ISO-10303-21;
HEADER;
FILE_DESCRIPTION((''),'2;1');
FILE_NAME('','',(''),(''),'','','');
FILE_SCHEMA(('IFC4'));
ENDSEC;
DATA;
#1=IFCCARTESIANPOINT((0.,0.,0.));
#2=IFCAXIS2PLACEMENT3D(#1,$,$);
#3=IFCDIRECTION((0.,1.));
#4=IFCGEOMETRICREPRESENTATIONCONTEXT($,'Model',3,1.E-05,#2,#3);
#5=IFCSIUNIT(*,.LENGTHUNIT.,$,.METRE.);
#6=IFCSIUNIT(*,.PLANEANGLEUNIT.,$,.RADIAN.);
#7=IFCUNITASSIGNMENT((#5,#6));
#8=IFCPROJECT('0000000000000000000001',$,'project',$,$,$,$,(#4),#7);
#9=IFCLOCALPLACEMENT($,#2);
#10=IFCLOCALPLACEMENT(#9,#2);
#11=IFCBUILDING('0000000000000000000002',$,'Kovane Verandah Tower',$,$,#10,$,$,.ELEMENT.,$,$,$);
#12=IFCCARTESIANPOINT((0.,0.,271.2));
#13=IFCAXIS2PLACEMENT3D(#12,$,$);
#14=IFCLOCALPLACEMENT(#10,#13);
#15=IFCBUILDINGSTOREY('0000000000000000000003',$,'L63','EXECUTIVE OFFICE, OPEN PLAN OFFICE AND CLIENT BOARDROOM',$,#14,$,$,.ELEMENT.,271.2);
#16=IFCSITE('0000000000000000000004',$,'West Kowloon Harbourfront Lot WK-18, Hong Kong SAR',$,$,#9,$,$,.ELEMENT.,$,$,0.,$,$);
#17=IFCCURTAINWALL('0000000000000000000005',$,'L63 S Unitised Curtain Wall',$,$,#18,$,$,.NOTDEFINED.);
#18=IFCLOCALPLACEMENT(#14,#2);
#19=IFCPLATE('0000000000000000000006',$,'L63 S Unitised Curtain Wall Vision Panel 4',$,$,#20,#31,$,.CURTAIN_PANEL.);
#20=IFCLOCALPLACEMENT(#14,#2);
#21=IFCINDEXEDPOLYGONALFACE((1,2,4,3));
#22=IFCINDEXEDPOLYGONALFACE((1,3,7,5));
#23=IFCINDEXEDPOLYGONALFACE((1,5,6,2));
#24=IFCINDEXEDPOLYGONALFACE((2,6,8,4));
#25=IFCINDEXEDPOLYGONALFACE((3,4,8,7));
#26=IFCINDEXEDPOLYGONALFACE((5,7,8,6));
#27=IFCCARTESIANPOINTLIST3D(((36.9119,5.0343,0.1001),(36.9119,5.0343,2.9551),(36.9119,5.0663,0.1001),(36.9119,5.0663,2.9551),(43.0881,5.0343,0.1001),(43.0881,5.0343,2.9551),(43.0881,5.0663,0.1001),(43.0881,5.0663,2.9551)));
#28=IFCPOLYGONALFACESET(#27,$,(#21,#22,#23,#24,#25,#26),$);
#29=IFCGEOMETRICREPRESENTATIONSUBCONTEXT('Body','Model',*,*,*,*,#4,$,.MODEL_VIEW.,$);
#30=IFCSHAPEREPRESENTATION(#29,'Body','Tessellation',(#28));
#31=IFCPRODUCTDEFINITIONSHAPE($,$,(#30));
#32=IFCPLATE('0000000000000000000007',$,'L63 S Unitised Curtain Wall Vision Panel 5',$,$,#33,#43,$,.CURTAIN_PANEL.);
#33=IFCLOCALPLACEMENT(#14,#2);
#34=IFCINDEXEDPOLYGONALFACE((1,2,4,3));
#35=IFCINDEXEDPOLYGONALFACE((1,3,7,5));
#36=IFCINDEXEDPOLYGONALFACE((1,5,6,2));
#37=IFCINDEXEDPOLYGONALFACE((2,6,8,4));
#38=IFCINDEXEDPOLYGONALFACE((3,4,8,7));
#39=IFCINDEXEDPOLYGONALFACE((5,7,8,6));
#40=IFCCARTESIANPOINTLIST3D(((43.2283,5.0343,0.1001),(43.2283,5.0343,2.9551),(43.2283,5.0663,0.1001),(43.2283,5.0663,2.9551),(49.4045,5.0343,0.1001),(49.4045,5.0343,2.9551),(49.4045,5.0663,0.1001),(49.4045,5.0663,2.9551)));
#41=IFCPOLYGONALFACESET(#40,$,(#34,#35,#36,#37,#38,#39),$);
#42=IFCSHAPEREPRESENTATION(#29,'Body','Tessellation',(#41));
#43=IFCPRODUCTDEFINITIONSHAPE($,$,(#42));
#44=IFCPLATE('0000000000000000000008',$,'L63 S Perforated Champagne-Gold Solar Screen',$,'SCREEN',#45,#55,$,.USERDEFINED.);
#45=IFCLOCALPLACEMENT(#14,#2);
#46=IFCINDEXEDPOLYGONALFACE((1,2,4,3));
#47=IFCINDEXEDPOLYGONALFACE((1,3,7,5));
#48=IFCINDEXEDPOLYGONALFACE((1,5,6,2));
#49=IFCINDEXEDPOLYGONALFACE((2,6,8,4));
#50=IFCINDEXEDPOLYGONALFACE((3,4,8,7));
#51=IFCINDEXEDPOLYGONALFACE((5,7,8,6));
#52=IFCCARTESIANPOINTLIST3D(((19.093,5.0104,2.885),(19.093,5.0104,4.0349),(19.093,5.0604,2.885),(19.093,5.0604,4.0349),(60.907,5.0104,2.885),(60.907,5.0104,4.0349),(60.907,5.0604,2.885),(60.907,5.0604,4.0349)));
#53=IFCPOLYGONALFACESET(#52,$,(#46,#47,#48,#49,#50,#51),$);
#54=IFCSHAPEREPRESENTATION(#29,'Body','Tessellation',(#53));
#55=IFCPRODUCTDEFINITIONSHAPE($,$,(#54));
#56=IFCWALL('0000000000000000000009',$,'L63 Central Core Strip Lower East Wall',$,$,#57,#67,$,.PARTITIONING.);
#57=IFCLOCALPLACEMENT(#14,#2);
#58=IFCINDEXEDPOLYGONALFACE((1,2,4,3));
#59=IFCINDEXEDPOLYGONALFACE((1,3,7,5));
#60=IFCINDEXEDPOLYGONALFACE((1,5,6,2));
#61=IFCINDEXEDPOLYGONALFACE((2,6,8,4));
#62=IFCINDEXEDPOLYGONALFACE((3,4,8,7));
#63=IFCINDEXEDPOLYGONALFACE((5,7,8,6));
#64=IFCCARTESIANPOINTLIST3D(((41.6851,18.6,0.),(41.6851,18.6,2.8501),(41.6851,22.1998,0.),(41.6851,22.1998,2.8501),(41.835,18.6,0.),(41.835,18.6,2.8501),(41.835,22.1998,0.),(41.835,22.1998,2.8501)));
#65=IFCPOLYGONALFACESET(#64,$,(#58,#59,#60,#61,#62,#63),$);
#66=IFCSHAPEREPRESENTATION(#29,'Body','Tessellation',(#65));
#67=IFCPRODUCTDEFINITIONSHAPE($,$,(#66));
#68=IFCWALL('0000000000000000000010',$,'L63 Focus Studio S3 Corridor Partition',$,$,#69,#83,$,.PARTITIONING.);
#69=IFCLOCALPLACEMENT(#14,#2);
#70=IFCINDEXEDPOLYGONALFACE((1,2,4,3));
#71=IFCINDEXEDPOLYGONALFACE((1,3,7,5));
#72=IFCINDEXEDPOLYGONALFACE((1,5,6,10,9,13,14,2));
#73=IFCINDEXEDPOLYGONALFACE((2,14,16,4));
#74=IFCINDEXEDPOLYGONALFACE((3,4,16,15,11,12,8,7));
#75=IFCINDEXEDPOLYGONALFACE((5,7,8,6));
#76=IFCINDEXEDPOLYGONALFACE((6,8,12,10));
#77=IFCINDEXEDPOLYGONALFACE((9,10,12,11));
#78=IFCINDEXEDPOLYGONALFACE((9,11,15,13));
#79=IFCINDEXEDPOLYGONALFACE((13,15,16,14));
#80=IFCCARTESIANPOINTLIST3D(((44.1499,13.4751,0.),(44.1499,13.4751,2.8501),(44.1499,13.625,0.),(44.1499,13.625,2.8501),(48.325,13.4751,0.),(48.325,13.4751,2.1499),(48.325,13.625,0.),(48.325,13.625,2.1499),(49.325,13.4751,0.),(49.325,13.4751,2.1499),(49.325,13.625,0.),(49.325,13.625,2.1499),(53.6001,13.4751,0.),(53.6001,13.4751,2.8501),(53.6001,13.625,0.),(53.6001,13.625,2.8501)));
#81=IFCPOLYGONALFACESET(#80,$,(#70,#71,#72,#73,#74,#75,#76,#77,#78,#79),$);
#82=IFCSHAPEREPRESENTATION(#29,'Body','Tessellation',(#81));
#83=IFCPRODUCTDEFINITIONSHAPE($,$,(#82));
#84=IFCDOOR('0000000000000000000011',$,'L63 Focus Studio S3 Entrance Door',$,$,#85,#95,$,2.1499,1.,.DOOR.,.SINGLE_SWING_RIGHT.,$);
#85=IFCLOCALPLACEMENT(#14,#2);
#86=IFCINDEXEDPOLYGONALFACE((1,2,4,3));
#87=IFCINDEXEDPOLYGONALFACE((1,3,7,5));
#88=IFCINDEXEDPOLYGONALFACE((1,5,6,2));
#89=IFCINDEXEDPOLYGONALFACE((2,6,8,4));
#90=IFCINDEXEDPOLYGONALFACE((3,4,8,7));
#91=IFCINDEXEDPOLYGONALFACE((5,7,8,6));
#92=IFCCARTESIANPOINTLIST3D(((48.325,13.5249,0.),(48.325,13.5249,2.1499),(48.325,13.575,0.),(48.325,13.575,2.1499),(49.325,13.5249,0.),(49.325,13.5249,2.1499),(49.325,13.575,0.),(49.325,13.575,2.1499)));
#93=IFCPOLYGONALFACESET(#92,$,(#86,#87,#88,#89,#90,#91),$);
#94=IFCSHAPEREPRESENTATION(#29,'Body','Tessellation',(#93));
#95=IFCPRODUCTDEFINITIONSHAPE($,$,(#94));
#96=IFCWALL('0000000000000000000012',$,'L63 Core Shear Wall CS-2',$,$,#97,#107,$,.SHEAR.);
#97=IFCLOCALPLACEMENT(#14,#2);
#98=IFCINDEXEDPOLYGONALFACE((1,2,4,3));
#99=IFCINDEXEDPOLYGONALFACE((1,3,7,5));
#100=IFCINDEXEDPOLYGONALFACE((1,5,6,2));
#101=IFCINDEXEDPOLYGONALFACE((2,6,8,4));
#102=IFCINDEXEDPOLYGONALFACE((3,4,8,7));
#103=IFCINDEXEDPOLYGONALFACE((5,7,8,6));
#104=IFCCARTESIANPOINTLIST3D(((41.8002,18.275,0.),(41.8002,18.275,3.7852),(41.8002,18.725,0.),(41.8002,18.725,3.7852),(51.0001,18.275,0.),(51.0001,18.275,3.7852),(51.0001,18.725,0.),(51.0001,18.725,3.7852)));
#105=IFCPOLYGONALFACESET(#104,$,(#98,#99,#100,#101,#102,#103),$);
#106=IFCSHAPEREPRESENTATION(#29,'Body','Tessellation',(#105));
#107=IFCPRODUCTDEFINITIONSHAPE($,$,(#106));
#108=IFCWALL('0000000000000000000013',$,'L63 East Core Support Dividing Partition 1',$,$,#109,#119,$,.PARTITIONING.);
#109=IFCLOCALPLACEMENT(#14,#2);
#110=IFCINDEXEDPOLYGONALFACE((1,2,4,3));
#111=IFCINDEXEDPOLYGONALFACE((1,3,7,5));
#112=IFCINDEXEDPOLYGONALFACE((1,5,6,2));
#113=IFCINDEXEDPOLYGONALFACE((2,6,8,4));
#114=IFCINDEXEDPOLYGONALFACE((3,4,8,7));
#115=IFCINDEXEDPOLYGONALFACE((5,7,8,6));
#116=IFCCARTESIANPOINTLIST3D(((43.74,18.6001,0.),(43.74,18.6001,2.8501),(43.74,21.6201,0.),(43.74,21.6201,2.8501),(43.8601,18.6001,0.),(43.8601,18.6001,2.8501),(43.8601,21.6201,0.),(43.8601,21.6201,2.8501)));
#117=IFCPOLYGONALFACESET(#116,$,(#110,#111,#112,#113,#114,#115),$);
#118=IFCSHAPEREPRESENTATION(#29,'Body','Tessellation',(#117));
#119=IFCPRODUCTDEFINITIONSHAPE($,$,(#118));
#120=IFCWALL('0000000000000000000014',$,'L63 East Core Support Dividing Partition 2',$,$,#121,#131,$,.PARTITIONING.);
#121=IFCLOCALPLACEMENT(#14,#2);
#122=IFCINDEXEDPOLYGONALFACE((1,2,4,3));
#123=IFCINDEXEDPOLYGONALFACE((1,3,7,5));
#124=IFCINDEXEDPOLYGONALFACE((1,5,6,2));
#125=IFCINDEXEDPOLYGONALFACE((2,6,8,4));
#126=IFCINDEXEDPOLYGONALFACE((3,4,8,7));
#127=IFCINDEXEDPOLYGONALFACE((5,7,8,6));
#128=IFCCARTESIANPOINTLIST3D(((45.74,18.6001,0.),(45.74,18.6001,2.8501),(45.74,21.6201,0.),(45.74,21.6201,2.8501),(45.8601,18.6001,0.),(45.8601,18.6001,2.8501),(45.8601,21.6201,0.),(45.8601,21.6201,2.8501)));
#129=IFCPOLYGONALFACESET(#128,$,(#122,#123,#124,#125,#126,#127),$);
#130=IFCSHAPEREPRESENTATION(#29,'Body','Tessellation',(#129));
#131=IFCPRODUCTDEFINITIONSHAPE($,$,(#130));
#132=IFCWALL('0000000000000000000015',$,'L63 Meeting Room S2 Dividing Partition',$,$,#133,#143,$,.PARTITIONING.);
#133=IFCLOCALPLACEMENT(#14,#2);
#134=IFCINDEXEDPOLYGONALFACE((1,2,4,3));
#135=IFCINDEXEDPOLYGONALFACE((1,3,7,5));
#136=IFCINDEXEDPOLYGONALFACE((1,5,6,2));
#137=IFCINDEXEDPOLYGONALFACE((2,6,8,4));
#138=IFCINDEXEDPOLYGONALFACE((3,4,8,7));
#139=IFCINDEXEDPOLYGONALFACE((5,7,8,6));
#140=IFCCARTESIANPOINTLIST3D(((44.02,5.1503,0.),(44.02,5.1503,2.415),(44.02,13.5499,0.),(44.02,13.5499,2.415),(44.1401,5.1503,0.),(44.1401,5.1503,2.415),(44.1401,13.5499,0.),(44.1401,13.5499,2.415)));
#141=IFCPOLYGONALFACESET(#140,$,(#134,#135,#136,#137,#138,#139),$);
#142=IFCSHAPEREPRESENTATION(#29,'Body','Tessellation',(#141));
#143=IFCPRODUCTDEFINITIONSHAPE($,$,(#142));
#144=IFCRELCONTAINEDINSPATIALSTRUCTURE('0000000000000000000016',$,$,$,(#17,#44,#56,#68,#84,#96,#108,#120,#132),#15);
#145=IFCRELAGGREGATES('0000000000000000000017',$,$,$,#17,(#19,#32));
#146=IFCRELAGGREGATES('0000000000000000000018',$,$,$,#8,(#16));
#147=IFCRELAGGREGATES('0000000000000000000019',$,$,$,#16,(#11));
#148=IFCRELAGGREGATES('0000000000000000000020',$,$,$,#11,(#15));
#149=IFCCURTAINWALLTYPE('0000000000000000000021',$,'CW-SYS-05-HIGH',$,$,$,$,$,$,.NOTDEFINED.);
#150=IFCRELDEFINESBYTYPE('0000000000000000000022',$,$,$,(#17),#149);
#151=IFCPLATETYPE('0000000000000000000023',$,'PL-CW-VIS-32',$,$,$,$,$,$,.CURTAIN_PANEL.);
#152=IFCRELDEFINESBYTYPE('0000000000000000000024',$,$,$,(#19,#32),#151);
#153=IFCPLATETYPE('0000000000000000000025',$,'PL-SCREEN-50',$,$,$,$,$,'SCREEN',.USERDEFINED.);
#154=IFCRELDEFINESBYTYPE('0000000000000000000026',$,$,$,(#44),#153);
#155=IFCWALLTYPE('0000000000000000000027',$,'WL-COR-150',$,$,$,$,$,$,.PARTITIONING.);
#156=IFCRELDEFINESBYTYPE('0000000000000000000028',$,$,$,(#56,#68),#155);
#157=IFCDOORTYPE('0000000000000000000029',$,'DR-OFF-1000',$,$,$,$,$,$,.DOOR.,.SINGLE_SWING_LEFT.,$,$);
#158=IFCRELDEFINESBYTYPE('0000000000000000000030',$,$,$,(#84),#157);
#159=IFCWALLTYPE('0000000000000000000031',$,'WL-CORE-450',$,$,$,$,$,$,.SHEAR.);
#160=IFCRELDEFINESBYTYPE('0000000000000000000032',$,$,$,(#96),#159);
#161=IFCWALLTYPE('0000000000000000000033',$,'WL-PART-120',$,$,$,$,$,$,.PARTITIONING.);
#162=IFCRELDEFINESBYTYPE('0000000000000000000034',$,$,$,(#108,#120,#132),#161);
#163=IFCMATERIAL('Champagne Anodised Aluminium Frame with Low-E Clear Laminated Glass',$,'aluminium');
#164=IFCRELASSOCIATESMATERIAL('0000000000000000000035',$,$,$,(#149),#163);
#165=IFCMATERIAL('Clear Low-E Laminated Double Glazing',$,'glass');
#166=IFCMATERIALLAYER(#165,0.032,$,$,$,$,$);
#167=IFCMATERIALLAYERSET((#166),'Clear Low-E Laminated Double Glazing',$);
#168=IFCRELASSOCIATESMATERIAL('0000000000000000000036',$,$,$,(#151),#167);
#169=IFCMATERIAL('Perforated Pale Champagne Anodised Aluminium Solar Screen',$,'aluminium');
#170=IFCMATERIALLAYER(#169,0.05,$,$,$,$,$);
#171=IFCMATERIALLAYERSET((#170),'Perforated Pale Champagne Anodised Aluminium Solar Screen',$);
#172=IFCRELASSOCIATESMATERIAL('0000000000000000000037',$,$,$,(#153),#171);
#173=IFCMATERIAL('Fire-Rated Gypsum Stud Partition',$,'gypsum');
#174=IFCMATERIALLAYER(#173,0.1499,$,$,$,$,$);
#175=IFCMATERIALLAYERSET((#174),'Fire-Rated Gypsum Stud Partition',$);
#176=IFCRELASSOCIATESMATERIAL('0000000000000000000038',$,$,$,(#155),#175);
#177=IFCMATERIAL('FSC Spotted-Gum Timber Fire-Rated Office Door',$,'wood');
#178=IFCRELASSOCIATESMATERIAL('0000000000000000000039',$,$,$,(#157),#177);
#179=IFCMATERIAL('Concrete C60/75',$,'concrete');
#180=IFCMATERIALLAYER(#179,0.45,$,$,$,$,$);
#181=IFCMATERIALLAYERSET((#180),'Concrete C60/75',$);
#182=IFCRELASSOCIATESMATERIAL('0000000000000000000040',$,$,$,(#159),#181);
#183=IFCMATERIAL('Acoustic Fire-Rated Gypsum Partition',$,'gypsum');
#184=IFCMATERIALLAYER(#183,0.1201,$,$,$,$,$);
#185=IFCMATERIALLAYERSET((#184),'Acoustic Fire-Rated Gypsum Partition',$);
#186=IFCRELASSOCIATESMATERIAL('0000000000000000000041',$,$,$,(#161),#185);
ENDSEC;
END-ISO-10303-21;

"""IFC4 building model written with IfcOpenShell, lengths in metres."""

from ifc_helpers import new_model, si_unit, direction, frame, frame_2d, origin, origin_2d, place, context, subcontext, project, spatial, rectangle, extrude, material, layer, layer_set, type_object, element, fill, aggregate, save


model = new_model("IFC4")

# Units and contexts
model_context = context("Model", 3, precision=1e-05, world=origin(), true_north=direction((0.0, 1.0)))
body_context = subcontext(model_context, "Body", "Model", "MODEL_VIEW")
ifc_project = project(units=[si_unit("LENGTHUNIT", "METRE"), si_unit("PLANEANGLEUNIT", "RADIAN")], contexts=[model_context])

# Site, building, storey
site_placement = place(None, origin())
site = spatial("IfcSite", under=ifc_project, at=site_placement, Name="West Kowloon Harbourfront Lot WK-18, Hong Kong SAR", CompositionType="ELEMENT", RefElevation=0.0)
building_placement = place(site_placement, origin())
building = spatial("IfcBuilding", under=site, at=building_placement, Name="Kovane Verandah Tower", CompositionType="ELEMENT")
storey_placement = place(building_placement, frame((0.0, 0.0, 271.2)))
storey = spatial("IfcBuildingStorey", under=building, at=storey_placement, Name="L63", Description="EXECUTIVE OFFICE, OPEN PLAN OFFICE AND CLIENT BOARDROOM", CompositionType="ELEMENT", Elevation=271.2)

# Shared definitions
ifc_material_1 = material(Name="Concrete C60/75", Category="concrete")

# Curtain wall, plates
ifc_material_2 = material(Name="Champagne Anodised Aluminium Frame with Low-E Clear Laminated Glass", Category="aluminium")
curtain_wall_type = type_object("IfcCurtainWallType", Name="CW-SYS-05-HIGH", PredefinedType="NOTDEFINED", material=ifc_material_2)
curtain_wall_placement = place(storey_placement, origin())
curtain_wall = element("IfcCurtainWall", 1, at=curtain_wall_placement, inside=storey, type_object=curtain_wall_type, Name="L63 S Unitised Curtain Wall", PredefinedType="NOTDEFINED")
ifc_material_3 = material(Name="Clear Low-E Laminated Double Glazing", Category="glass")
ifc_layer_1 = layer(ifc_material_3, 0.032)
ifc_layer_set_1 = layer_set([ifc_layer_1], Name="Clear Low-E Laminated Double Glazing")
plate_type_1 = type_object("IfcPlateType", Name="PL-CW-VIS-32", PredefinedType="CURTAIN_PANEL", material=ifc_layer_set_1)
plate_1_placement = place(storey_placement, frame((40.0, 5.0503, 0.1001), z_axis=(0.0, 0.0, 1.0), x_axis=(1.0, 0.0, 0.0)))
plate_1 = element("IfcPlate", 2, at=plate_1_placement, type_object=plate_type_1, Name="L63 S Unitised Curtain Wall Vision Panel 4", PredefinedType="CURTAIN_PANEL", context=body_context, shape_type="SweptSolid", body=[
    extrude(rectangle(XDim=6.1763, YDim=0.032, at=origin_2d()), origin(), (0.0, 0.0, 1.0), 2.855),
])
plate_2_placement = place(storey_placement, frame((46.3164, 5.0503, 0.1001), z_axis=(0.0, 0.0, 1.0), x_axis=(1.0, 0.0, 0.0)))
plate_2 = element("IfcPlate", 3, at=plate_2_placement, type_object=plate_type_1, Name="L63 S Unitised Curtain Wall Vision Panel 5", PredefinedType="CURTAIN_PANEL", context=body_context, shape_type="SweptSolid", body=[
    extrude(rectangle(XDim=6.1763, YDim=0.032, at=origin_2d()), origin(), (0.0, 0.0, 1.0), 2.855),
])
aggregate(curtain_wall, [plate_1, plate_2])

# Plate
ifc_material_4 = material(Name="Perforated Pale Champagne Anodised Aluminium Solar Screen", Category="aluminium")
ifc_layer_2 = layer(ifc_material_4, 0.05)
ifc_layer_set_2 = layer_set([ifc_layer_2], Name="Perforated Pale Champagne Anodised Aluminium Solar Screen")
plate_type_2 = type_object("IfcPlateType", Name="PL-SCREEN-50", ElementType="SCREEN", PredefinedType="USERDEFINED", material=ifc_layer_set_2)
plate_3_placement = place(storey_placement, frame((40.0, 5.0354, 2.885), z_axis=(0.0, 0.0, 1.0), x_axis=(1.0, 0.0, 0.0)))
element("IfcPlate", 4, at=plate_3_placement, inside=storey, type_object=plate_type_2, Name="L63 S Perforated Champagne-Gold Solar Screen", ObjectType="SCREEN", PredefinedType="USERDEFINED", context=body_context, shape_type="SweptSolid", body=[
    extrude(rectangle(XDim=41.814, YDim=0.05, at=origin_2d()), origin(), (0.0, 0.0, 1.0), 1.1499),
])

# Wall
ifc_material_5 = material(Name="Fire-Rated Gypsum Stud Partition", Category="gypsum")
ifc_layer_3 = layer(ifc_material_5, 0.1499)
ifc_layer_set_3 = layer_set([ifc_layer_3], Name="Fire-Rated Gypsum Stud Partition")
wall_type_1 = type_object("IfcWallType", Name="WL-COR-150", PredefinedType="PARTITIONING", material=ifc_layer_set_3)
wall_1_placement = place(storey_placement, frame((41.76, 18.6001, 0.0), z_axis=(0.0, 0.0, 1.0), x_axis=(0.0, 1.0, 0.0)))
element("IfcWall", 5, at=wall_1_placement, inside=storey, type_object=wall_type_1, Name="L63 Central Core Strip Lower East Wall", PredefinedType="PARTITIONING", context=body_context, shape_type="SweptSolid", body=[
    extrude(rectangle(XDim=3.5999, YDim=0.1499, at=frame_2d((1.7998, 0.0))), origin(), (0.0, 0.0, 1.0), 2.8501),
])

# Wall, opening, door
ifc_material_6 = material(Name="FSC Spotted-Gum Timber Fire-Rated Office Door", Category="wood")
door_type = type_object("IfcDoorType", Name="DR-OFF-1000", OperationType="SINGLE_SWING_LEFT", PredefinedType="DOOR", material=ifc_material_6)
wall_2_placement = place(storey_placement, frame((44.1499, 13.55, 0.0), z_axis=(0.0, 0.0, 1.0), x_axis=(1.0, 0.0, 0.0)))
wall_2 = element("IfcWall", 6, at=wall_2_placement, inside=storey, type_object=wall_type_1, Name="L63 Focus Studio S3 Corridor Partition", PredefinedType="PARTITIONING", context=body_context, shape_type="SweptSolid", body=[
    extrude(rectangle(XDim=9.4502, YDim=0.1499, at=frame_2d((4.7251, 0.0))), origin(), (0.0, 0.0, 1.0), 2.8501),
])
opening_1_placement = place(wall_2_placement, frame((4.175, 0.0, 0.0)))
opening_1 = element("IfcOpeningElement", 7, at=opening_1_placement, cuts=wall_2, PredefinedType="OPENING", context=body_context, shape_type="SweptSolid", body=[
    extrude(rectangle(XDim=1.0, YDim=2.1499, at=frame_2d((0.5, 1.075))), frame((0.0, 0.075, 0.0), z_axis=(0.0, -1.0, 0.0), x_axis=(1.0, 0.0, 0.0)), (0.0, 0.0, 1.0), 0.1499),
])
door_1_placement = place(opening_1_placement, origin())
door_1 = element("IfcDoor", 8, at=door_1_placement, inside=storey, type_object=door_type, Name="L63 Focus Studio S3 Entrance Door", OperationType="SINGLE_SWING_RIGHT", OverallHeight=2.1499, OverallWidth=1.0, PredefinedType="DOOR", context=body_context, shape_type="SweptSolid", body=[
    extrude(rectangle(XDim=1.0, YDim=2.1499, at=frame_2d((0.5, 1.075))), frame((0.0, 0.0249, 0.0), z_axis=(0.0, -1.0, 0.0), x_axis=(1.0, 0.0, 0.0)), (0.0, 0.0, 1.0), 0.05),
])
fill(opening_1, door_1)

# Walls
ifc_layer_4 = layer(ifc_material_1, 0.45)
ifc_layer_set_4 = layer_set([ifc_layer_4], Name="Concrete C60/75")
wall_type_2 = type_object("IfcWallType", Name="WL-CORE-450", PredefinedType="SHEAR", material=ifc_layer_set_4)
wall_3_placement = place(storey_placement, frame((41.8, 18.5, 0.0), z_axis=(0.0, 0.0, 1.0), x_axis=(1.0, 0.0, 0.0)))
element("IfcWall", 9, at=wall_3_placement, inside=storey, type_object=wall_type_2, Name="L63 Core Shear Wall CS-2", PredefinedType="SHEAR", context=body_context, shape_type="SweptSolid", body=[
    extrude(rectangle(XDim=9.2, YDim=0.45, at=frame_2d((4.6001, 0.0))), origin(), (0.0, 0.0, 1.0), 3.7852),
])
ifc_material_7 = material(Name="Acoustic Fire-Rated Gypsum Partition", Category="gypsum")
ifc_layer_5 = layer(ifc_material_7, 0.1201)
ifc_layer_set_5 = layer_set([ifc_layer_5], Name="Acoustic Fire-Rated Gypsum Partition")
wall_type_3 = type_object("IfcWallType", Name="WL-PART-120", PredefinedType="PARTITIONING", material=ifc_layer_set_5)
for number, where, z_axis, x_axis, name in (
    (10, (43.8, 18.6001, 0.0), (0.0, 0.0, 1.0), (0.0, 1.0, 0.0), "L63 East Core Support Dividing Partition 1"),
    (11, (45.8, 18.6001, 0.0), (0.0, 0.0, 1.0), (0.0, 1.0, 0.0), "L63 East Core Support Dividing Partition 2"),
):
    element("IfcWall", number, at=place(storey_placement, frame(where, z_axis=z_axis, x_axis=x_axis)), inside=storey, type_object=wall_type_3, Name=name, PredefinedType="PARTITIONING", context=body_context, shape_type="SweptSolid", body=[
        extrude(rectangle(XDim=3.02, YDim=0.1201, at=frame_2d((1.51, 0.0))), origin(), (0.0, 0.0, 1.0), 2.8501),
    ])
wall_4_placement = place(storey_placement, frame((44.0801, 5.1504, 0.0), z_axis=(0.0, 0.0, 1.0), x_axis=(0.0, 1.0, 0.0)))
element("IfcWall", 12, at=wall_4_placement, inside=storey, type_object=wall_type_3, Name="L63 Meeting Room S2 Dividing Partition", PredefinedType="PARTITIONING", context=body_context, shape_type="SweptSolid", body=[
    extrude(rectangle(XDim=8.3997, YDim=0.1201, at=frame_2d((4.1997, 0.0))), origin(), (0.0, 0.0, 1.0), 2.415),
])

save(model, "model.ifc")
